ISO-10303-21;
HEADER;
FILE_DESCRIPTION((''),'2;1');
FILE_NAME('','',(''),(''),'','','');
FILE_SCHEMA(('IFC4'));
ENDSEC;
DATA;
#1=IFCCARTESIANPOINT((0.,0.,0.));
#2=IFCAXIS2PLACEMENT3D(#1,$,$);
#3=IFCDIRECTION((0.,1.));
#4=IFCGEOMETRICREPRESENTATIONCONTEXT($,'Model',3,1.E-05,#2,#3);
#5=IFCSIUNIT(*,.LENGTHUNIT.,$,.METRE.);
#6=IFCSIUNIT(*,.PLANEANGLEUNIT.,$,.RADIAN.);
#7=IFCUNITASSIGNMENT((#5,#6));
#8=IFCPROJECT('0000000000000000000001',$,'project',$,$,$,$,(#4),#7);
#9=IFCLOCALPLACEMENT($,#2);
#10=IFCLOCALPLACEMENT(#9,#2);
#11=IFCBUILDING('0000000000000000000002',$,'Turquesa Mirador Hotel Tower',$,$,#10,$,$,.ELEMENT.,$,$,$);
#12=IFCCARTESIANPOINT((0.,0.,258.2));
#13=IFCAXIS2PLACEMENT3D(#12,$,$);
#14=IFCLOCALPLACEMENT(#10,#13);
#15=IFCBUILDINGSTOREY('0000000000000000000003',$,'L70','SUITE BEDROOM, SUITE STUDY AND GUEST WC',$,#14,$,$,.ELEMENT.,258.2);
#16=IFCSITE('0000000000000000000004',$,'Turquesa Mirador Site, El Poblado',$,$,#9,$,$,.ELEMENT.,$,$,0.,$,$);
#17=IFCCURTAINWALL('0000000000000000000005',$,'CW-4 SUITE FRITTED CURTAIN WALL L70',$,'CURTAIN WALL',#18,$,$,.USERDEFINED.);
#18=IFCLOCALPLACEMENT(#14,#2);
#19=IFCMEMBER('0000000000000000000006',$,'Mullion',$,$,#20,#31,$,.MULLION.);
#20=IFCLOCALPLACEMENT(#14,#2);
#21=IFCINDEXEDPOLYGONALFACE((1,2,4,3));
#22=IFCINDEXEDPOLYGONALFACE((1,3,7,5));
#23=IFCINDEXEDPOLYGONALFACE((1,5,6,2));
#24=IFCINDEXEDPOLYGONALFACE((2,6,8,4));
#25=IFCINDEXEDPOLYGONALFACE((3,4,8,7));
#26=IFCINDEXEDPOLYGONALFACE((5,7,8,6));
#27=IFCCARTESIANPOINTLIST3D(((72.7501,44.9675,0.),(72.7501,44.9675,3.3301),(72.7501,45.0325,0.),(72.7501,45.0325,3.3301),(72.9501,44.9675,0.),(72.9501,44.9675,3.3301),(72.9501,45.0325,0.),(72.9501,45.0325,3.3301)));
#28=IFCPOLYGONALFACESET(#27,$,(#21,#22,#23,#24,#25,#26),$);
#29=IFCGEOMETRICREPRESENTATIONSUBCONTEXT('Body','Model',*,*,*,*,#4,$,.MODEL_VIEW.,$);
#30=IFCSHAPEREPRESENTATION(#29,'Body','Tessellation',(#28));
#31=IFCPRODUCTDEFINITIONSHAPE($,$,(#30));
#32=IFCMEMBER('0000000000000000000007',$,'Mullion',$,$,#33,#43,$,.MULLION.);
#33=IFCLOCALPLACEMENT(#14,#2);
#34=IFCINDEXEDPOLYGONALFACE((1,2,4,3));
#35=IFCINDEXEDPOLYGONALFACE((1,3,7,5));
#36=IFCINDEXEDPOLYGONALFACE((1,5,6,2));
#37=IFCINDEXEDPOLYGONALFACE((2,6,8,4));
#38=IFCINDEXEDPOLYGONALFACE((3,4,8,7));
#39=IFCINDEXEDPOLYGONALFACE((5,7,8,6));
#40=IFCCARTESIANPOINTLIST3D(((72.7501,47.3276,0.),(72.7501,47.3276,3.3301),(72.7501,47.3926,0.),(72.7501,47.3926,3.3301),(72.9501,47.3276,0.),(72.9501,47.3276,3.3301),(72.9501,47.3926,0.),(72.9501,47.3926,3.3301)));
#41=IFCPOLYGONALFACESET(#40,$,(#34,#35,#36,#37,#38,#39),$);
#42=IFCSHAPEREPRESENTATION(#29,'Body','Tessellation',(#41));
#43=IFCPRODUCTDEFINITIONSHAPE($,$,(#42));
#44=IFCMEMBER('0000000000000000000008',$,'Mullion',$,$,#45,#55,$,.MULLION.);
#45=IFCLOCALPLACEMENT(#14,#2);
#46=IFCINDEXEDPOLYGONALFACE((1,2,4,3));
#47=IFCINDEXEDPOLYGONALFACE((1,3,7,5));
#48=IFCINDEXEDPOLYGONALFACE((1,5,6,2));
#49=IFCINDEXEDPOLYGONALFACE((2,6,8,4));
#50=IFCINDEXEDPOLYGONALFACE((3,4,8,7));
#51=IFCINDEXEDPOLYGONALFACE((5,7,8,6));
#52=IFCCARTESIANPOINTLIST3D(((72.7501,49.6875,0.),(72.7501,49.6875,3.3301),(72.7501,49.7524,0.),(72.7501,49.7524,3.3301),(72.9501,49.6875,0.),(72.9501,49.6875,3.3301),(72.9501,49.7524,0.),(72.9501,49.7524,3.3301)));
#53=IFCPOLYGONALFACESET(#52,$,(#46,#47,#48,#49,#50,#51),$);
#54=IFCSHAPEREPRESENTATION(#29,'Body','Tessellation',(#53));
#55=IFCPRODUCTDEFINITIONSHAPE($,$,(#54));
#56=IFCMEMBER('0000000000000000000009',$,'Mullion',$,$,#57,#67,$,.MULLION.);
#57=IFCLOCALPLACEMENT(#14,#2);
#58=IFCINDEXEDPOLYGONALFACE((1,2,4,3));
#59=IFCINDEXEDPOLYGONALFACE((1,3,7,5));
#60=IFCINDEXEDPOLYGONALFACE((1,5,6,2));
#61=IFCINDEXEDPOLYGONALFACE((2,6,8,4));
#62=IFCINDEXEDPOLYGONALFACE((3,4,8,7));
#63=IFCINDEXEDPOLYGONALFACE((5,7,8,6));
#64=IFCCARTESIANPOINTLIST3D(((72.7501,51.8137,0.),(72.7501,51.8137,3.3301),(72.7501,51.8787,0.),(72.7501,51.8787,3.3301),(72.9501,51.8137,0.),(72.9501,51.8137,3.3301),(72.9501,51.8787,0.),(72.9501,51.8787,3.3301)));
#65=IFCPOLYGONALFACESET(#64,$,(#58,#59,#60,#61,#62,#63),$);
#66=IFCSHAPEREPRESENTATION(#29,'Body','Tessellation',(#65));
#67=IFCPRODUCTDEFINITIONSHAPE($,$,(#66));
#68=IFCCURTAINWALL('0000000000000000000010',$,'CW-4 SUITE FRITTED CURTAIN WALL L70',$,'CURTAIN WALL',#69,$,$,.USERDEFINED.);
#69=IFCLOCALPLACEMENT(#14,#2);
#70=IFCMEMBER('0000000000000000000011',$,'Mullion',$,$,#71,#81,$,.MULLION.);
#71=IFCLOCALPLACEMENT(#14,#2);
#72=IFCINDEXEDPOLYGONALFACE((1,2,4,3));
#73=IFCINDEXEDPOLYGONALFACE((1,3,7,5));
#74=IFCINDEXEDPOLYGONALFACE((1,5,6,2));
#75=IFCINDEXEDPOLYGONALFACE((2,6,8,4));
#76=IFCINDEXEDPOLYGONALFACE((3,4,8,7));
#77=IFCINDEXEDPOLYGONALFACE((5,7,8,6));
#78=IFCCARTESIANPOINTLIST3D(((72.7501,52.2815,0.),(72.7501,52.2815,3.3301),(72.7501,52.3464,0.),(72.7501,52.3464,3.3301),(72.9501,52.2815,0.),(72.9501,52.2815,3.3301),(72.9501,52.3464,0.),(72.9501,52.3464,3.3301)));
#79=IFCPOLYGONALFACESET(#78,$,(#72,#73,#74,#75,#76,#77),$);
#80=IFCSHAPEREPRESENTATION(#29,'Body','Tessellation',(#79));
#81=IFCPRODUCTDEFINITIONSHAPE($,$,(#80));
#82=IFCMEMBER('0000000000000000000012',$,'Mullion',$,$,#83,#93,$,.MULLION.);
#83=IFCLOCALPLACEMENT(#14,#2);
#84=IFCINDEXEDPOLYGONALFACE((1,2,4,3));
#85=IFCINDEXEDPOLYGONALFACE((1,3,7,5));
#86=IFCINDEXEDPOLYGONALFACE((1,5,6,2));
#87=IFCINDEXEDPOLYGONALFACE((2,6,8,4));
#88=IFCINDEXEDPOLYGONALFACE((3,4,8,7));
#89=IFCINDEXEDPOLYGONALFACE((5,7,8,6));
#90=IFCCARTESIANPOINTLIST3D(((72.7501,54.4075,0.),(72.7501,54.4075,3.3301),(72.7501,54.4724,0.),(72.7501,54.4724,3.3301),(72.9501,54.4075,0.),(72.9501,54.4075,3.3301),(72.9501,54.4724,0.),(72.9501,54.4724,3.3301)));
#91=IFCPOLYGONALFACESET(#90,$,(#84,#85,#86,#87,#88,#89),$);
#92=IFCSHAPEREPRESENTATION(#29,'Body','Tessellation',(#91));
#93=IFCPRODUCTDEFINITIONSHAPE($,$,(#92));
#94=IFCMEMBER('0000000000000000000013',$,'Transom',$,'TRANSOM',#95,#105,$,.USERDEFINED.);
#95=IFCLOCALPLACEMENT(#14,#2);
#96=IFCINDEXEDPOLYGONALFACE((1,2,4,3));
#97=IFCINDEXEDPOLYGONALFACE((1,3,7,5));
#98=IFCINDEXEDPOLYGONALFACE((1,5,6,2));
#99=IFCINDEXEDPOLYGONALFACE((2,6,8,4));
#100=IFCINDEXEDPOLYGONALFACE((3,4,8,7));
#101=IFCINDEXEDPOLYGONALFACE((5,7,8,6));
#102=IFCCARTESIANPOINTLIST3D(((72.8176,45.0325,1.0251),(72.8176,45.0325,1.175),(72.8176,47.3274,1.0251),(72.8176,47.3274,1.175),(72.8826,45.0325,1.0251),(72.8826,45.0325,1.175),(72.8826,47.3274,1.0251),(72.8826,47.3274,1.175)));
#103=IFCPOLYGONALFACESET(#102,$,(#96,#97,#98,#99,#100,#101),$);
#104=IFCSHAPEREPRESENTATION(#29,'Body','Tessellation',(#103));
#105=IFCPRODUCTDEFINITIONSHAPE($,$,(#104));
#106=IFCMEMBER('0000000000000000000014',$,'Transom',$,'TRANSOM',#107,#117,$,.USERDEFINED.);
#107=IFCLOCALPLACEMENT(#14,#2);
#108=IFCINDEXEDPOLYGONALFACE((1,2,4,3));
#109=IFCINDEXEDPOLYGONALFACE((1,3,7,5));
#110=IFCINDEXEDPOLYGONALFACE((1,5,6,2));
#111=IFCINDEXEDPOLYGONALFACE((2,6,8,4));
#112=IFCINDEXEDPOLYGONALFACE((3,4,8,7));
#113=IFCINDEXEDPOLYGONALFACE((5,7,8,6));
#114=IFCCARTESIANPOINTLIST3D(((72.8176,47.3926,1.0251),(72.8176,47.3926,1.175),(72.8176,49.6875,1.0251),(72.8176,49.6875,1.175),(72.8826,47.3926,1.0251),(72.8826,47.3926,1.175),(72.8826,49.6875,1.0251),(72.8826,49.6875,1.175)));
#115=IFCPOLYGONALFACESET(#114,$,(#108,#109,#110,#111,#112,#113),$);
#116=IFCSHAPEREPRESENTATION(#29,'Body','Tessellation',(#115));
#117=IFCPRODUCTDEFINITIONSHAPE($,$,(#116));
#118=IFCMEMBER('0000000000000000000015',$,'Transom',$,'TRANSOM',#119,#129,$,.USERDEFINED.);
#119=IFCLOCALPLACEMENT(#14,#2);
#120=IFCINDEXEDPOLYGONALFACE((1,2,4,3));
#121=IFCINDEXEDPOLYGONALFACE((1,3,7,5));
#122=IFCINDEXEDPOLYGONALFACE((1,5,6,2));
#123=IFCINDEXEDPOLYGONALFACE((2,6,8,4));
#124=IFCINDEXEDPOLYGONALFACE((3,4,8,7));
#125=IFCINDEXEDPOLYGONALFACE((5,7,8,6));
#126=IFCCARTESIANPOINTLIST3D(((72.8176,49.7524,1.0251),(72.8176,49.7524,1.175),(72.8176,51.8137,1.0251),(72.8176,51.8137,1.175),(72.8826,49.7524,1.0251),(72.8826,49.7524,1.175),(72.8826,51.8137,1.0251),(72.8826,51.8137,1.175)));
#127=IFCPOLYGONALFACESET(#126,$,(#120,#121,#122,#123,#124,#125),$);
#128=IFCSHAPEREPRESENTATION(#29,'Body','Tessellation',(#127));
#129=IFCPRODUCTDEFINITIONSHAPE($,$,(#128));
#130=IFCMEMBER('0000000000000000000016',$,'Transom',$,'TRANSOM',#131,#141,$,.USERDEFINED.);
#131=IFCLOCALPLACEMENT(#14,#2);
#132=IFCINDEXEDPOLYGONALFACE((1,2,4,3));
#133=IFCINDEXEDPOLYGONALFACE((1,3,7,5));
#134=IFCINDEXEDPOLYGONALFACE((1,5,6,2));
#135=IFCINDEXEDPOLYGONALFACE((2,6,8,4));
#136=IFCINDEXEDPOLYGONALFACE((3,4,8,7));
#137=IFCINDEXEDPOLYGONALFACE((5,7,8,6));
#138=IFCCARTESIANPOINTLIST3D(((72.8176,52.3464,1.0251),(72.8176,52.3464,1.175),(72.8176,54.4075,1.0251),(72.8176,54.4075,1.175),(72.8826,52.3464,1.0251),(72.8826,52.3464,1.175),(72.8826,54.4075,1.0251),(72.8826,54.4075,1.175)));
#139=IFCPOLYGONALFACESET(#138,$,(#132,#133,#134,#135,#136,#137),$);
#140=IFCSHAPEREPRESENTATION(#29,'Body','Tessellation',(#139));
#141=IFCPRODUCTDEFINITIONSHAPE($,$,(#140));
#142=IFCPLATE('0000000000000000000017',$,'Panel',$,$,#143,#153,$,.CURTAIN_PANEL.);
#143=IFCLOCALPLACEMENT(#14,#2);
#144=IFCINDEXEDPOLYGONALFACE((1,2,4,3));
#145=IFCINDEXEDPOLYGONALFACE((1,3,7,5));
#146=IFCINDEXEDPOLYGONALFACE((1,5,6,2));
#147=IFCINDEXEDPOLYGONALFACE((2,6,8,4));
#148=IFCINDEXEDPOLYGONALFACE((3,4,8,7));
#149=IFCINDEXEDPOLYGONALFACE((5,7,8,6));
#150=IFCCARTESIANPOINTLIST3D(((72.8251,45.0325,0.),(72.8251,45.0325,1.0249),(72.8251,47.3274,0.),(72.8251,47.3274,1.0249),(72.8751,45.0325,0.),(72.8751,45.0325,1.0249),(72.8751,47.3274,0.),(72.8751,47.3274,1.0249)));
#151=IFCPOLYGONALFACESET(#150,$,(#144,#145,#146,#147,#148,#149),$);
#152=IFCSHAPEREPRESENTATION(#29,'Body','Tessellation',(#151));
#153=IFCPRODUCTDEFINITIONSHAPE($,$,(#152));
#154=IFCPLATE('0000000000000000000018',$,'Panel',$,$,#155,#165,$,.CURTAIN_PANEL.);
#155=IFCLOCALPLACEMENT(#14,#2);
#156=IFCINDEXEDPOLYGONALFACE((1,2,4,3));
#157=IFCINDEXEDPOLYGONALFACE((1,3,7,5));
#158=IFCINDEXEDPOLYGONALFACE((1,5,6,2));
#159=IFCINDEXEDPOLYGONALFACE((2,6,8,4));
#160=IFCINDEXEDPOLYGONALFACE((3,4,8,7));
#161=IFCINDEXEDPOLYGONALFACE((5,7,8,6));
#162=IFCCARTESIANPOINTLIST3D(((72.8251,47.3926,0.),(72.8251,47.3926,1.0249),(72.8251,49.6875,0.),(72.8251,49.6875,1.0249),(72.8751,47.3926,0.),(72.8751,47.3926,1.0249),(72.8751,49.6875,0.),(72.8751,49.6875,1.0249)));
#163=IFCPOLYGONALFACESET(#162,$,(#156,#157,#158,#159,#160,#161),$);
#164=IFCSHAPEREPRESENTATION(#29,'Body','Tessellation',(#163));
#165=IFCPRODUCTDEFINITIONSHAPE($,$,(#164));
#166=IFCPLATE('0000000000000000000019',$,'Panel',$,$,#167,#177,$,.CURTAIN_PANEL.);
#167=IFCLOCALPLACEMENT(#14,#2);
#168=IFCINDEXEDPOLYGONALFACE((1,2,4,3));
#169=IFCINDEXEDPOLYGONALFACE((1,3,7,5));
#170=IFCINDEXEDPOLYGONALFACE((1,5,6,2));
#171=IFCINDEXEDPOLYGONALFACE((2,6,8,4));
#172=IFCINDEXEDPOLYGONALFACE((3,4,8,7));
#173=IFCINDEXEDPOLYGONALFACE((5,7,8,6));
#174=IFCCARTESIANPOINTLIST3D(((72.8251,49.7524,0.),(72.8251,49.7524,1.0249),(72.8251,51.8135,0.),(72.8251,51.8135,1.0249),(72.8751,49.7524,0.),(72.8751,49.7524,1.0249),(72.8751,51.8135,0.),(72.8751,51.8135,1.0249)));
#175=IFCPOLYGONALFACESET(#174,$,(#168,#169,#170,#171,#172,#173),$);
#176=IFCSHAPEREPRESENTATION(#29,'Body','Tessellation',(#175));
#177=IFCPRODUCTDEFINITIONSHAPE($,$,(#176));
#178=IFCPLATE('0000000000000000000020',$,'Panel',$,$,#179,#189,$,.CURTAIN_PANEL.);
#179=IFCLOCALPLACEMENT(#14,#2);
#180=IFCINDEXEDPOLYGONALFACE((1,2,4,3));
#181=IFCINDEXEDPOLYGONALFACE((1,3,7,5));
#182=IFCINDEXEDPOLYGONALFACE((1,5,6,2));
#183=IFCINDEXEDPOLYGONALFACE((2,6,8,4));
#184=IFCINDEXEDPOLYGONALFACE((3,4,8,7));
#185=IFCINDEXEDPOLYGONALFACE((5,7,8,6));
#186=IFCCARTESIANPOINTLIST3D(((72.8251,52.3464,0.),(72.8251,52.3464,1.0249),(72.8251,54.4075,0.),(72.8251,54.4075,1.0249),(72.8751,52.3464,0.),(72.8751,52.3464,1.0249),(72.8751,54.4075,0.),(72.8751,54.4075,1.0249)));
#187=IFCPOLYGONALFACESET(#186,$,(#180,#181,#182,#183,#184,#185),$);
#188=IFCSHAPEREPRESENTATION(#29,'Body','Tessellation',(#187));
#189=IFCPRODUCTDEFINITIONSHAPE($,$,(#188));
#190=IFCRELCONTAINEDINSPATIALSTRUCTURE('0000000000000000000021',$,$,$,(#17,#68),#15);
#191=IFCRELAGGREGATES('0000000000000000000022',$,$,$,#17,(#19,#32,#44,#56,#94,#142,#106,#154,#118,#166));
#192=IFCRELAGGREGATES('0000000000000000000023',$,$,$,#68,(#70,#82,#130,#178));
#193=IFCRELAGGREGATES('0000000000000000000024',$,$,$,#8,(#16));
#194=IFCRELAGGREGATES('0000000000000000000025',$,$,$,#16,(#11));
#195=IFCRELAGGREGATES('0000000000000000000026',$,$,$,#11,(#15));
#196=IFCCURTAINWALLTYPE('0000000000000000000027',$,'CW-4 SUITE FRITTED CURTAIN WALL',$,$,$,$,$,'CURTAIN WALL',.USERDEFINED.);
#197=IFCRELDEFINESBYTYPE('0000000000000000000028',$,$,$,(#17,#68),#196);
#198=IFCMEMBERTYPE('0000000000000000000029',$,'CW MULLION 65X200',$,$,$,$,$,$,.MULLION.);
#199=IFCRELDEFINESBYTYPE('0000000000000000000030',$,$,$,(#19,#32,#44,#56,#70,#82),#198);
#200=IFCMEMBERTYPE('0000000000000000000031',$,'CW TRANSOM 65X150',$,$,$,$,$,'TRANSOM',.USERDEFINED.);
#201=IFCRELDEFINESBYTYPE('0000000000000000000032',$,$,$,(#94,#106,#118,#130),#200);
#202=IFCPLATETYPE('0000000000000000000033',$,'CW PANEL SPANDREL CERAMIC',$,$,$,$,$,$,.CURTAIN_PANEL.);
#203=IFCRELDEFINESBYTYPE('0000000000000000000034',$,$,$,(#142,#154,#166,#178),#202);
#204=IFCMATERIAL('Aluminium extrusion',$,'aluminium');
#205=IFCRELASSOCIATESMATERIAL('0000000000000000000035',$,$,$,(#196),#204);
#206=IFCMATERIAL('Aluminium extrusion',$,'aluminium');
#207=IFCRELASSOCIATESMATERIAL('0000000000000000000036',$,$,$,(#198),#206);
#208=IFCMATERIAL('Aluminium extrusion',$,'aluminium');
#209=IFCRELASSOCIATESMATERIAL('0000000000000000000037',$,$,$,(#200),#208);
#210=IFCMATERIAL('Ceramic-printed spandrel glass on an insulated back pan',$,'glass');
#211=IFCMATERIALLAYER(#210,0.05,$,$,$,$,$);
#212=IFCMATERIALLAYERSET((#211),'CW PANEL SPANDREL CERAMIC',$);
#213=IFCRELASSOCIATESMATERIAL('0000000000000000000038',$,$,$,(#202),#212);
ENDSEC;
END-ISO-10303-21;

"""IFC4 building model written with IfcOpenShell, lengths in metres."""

from ifc_helpers import new_model, si_unit, direction, frame, origin, origin_2d, place, context, subcontext, project, spatial, rectangle, extrude, material, layer, layer_set, material_profile, profile_set, type_object, element, aggregate, save


model = new_model("IFC4")

# Units and contexts
model_context = context("Model", 3, precision=1e-05, world=origin(), true_north=direction((0.0, 1.0)))
body_context = subcontext(model_context, "Body", "Model", "MODEL_VIEW")
ifc_project = project(units=[si_unit("LENGTHUNIT", "METRE"), si_unit("PLANEANGLEUNIT", "RADIAN")], contexts=[model_context])

# Site, building, storey
site_placement = place(None, origin())
site = spatial("IfcSite", under=ifc_project, at=site_placement, Name="Turquesa Mirador Site, El Poblado", CompositionType="ELEMENT", RefElevation=0.0)
building_placement = place(site_placement, origin())
building = spatial("IfcBuilding", under=site, at=building_placement, Name="Turquesa Mirador Hotel Tower", CompositionType="ELEMENT")
storey_placement = place(building_placement, frame((0.0, 0.0, 258.2)))
storey = spatial("IfcBuildingStorey", under=building, at=storey_placement, Name="L70", Description="SUITE BEDROOM, SUITE STUDY AND GUEST WC", CompositionType="ELEMENT", Elevation=258.2)

# Curtain walls, members
ifc_material_1 = material(Name="Aluminium extrusion", Category="aluminium")
curtain_wall_type = type_object("IfcCurtainWallType", Name="CW-4 SUITE FRITTED CURTAIN WALL", ElementType="CURTAIN WALL", PredefinedType="USERDEFINED", material=ifc_material_1)
curtain_wall_1_placement = place(storey_placement, origin())
curtain_wall_1 = element("IfcCurtainWall", 1, at=curtain_wall_1_placement, inside=storey, type_object=curtain_wall_type, Name="CW-4 SUITE FRITTED CURTAIN WALL L70", ObjectType="CURTAIN WALL", PredefinedType="USERDEFINED")
ifc_material_2 = material(Name="Aluminium extrusion", Category="aluminium")
ifc_material_profile_1 = material_profile(ifc_material_2, rectangle(XDim=0.0649, YDim=0.2, at=origin_2d()), Name="MULLION 65X200")
ifc_profile_set_1 = profile_set([ifc_material_profile_1], Name="Aluminium extrusion")
member_type_1 = type_object("IfcMemberType", Name="CW MULLION 65X200", PredefinedType="MULLION", material=ifc_profile_set_1)
member_1_placement = place(storey_placement, frame((72.8501, 45.0, 0.0), z_axis=(0.0, 0.0, 1.0), x_axis=(0.0, 1.0, 0.0)))
member_1 = element("IfcMember", 2, at=member_1_placement, type_object=member_type_1, Name="Mullion", PredefinedType="MULLION", context=body_context, shape_type="SweptSolid", body=[
    extrude(rectangle(XDim=0.0649, YDim=0.2, at=origin_2d()), origin(), (0.0, 0.0, 1.0), 3.3301),
])
member_2_placement = place(storey_placement, frame((72.8501, 47.3601, 0.0), z_axis=(0.0, 0.0, 1.0), x_axis=(0.0, 1.0, 0.0)))
member_2 = element("IfcMember", 3, at=member_2_placement, type_object=member_type_1, Name="Mullion", PredefinedType="MULLION", context=body_context, shape_type="SweptSolid", body=[
    extrude(rectangle(XDim=0.0649, YDim=0.2, at=origin_2d()), origin(), (0.0, 0.0, 1.0), 3.3301),
])
member_3_placement = place(storey_placement, frame((72.8501, 49.72, 0.0), z_axis=(0.0, 0.0, 1.0), x_axis=(0.0, 1.0, 0.0)))
member_3 = element("IfcMember", 4, at=member_3_placement, type_object=member_type_1, Name="Mullion", PredefinedType="MULLION", context=body_context, shape_type="SweptSolid", body=[
    extrude(rectangle(XDim=0.0649, YDim=0.2, at=origin_2d()), origin(), (0.0, 0.0, 1.0), 3.3301),
])
member_4_placement = place(storey_placement, frame((72.8501, 51.8462, 0.0), z_axis=(0.0, 0.0, 1.0), x_axis=(0.0, 1.0, 0.0)))
member_4 = element("IfcMember", 5, at=member_4_placement, type_object=member_type_1, Name="Mullion", PredefinedType="MULLION", context=body_context, shape_type="SweptSolid", body=[
    extrude(rectangle(XDim=0.0649, YDim=0.2, at=origin_2d()), origin(), (0.0, 0.0, 1.0), 3.3301),
])
curtain_wall_2_placement = place(storey_placement, origin())
curtain_wall_2 = element("IfcCurtainWall", 6, at=curtain_wall_2_placement, inside=storey, type_object=curtain_wall_type, Name="CW-4 SUITE FRITTED CURTAIN WALL L70", ObjectType="CURTAIN WALL", PredefinedType="USERDEFINED")
member_5_placement = place(storey_placement, frame((72.8501, 52.314, 0.0), z_axis=(0.0, 0.0, 1.0), x_axis=(0.0, 1.0, 0.0)))
member_5 = element("IfcMember", 7, at=member_5_placement, type_object=member_type_1, Name="Mullion", PredefinedType="MULLION", context=body_context, shape_type="SweptSolid", body=[
    extrude(rectangle(XDim=0.0649, YDim=0.2, at=origin_2d()), origin(), (0.0, 0.0, 1.0), 3.3301),
])
member_6_placement = place(storey_placement, frame((72.8501, 54.4399, 0.0), z_axis=(0.0, 0.0, 1.0), x_axis=(0.0, 1.0, 0.0)))
member_6 = element("IfcMember", 8, at=member_6_placement, type_object=member_type_1, Name="Mullion", PredefinedType="MULLION", context=body_context, shape_type="SweptSolid", body=[
    extrude(rectangle(XDim=0.0649, YDim=0.2, at=origin_2d()), origin(), (0.0, 0.0, 1.0), 3.3301),
])

# Members
ifc_material_3 = material(Name="Aluminium extrusion", Category="aluminium")
ifc_material_profile_2 = material_profile(ifc_material_3, rectangle(XDim=0.0649, YDim=0.1499, at=origin_2d()), Name="TRANSOM 65X150")
ifc_profile_set_2 = profile_set([ifc_material_profile_2], Name="Aluminium extrusion")
member_type_2 = type_object("IfcMemberType", Name="CW TRANSOM 65X150", ElementType="TRANSOM", PredefinedType="USERDEFINED", material=ifc_profile_set_2)
member_7_placement = place(storey_placement, frame((72.8501, 45.0325, 1.1001), z_axis=(0.0, 1.0, 0.0), x_axis=(-1.0, 0.0, 0.0)))
member_7 = element("IfcMember", 9, at=member_7_placement, type_object=member_type_2, Name="Transom", ObjectType="TRANSOM", PredefinedType="USERDEFINED", context=body_context, shape_type="SweptSolid", body=[
    extrude(rectangle(XDim=0.0649, YDim=0.1499, at=origin_2d()), origin(), (0.0, 0.0, 1.0), 2.2949),
])
member_8_placement = place(storey_placement, frame((72.8501, 47.3926, 1.1001), z_axis=(0.0, 1.0, 0.0), x_axis=(-1.0, 0.0, 0.0)))
member_8 = element("IfcMember", 10, at=member_8_placement, type_object=member_type_2, Name="Transom", ObjectType="TRANSOM", PredefinedType="USERDEFINED", context=body_context, shape_type="SweptSolid", body=[
    extrude(rectangle(XDim=0.0649, YDim=0.1499, at=origin_2d()), origin(), (0.0, 0.0, 1.0), 2.2949),
])
member_9_placement = place(storey_placement, frame((72.8501, 49.7524, 1.1001), z_axis=(0.0, 1.0, 0.0), x_axis=(-1.0, 0.0, 0.0)))
member_9 = element("IfcMember", 11, at=member_9_placement, type_object=member_type_2, Name="Transom", ObjectType="TRANSOM", PredefinedType="USERDEFINED", context=body_context, shape_type="SweptSolid", body=[
    extrude(rectangle(XDim=0.0649, YDim=0.1499, at=origin_2d()), origin(), (0.0, 0.0, 1.0), 2.0613),
])
member_10_placement = place(storey_placement, frame((72.8501, 52.3464, 1.1001), z_axis=(0.0, 1.0, 0.0), x_axis=(-1.0, 0.0, 0.0)))
member_10 = element("IfcMember", 12, at=member_10_placement, type_object=member_type_2, Name="Transom", ObjectType="TRANSOM", PredefinedType="USERDEFINED", context=body_context, shape_type="SweptSolid", body=[
    extrude(rectangle(XDim=0.0649, YDim=0.1499, at=origin_2d()), origin(), (0.0, 0.0, 1.0), 2.061),
])

# Plates
ifc_material_4 = material(Name="Ceramic-printed spandrel glass on an insulated back pan", Category="glass")
ifc_layer_1 = layer(ifc_material_4, 0.05)
ifc_layer_set_1 = layer_set([ifc_layer_1], Name="CW PANEL SPANDREL CERAMIC")
plate_type_1 = type_object("IfcPlateType", Name="CW PANEL SPANDREL CERAMIC", PredefinedType="CURTAIN_PANEL", material=ifc_layer_set_1)
plate_1_placement = place(storey_placement, frame((72.8501, 46.1799, 0.0), z_axis=(0.0, 0.0, 1.0), x_axis=(0.0, 1.0, 0.0)))
plate_1 = element("IfcPlate", 13, at=plate_1_placement, type_object=plate_type_1, Name="Panel", PredefinedType="CURTAIN_PANEL", context=body_context, shape_type="SweptSolid", body=[
    extrude(rectangle(XDim=2.2949, YDim=0.05, at=origin_2d()), origin(), (0.0, 0.0, 1.0), 1.0249),
])
plate_2_placement = place(storey_placement, frame((72.8501, 48.54, 0.0), z_axis=(0.0, 0.0, 1.0), x_axis=(0.0, 1.0, 0.0)))
plate_2 = element("IfcPlate", 14, at=plate_2_placement, type_object=plate_type_1, Name="Panel", PredefinedType="CURTAIN_PANEL", context=body_context, shape_type="SweptSolid", body=[
    extrude(rectangle(XDim=2.2949, YDim=0.05, at=origin_2d()), origin(), (0.0, 0.0, 1.0), 1.0249),
])
plate_3_placement = place(storey_placement, frame((72.8501, 50.783, 0.0), z_axis=(0.0, 0.0, 1.0), x_axis=(0.0, 1.0, 0.0)))
plate_3 = element("IfcPlate", 15, at=plate_3_placement, type_object=plate_type_1, Name="Panel", PredefinedType="CURTAIN_PANEL", context=body_context, shape_type="SweptSolid", body=[
    extrude(rectangle(XDim=2.061, YDim=0.05, at=origin_2d()), origin(), (0.0, 0.0, 1.0), 1.0249),
])
plate_4_placement = place(storey_placement, frame((72.8501, 53.377, 0.0), z_axis=(0.0, 0.0, 1.0), x_axis=(0.0, 1.0, 0.0)))
plate_4 = element("IfcPlate", 16, at=plate_4_placement, type_object=plate_type_1, Name="Panel", PredefinedType="CURTAIN_PANEL", context=body_context, shape_type="SweptSolid", body=[
    extrude(rectangle(XDim=2.061, YDim=0.05, at=origin_2d()), origin(), (0.0, 0.0, 1.0), 1.0249),
])
aggregate(curtain_wall_1, [member_1, member_2, member_3, member_4, member_7, plate_1, member_8, plate_2, member_9, plate_3])
aggregate(curtain_wall_2, [member_5, member_6, member_10, plate_4])

save(model, "model.ifc")
